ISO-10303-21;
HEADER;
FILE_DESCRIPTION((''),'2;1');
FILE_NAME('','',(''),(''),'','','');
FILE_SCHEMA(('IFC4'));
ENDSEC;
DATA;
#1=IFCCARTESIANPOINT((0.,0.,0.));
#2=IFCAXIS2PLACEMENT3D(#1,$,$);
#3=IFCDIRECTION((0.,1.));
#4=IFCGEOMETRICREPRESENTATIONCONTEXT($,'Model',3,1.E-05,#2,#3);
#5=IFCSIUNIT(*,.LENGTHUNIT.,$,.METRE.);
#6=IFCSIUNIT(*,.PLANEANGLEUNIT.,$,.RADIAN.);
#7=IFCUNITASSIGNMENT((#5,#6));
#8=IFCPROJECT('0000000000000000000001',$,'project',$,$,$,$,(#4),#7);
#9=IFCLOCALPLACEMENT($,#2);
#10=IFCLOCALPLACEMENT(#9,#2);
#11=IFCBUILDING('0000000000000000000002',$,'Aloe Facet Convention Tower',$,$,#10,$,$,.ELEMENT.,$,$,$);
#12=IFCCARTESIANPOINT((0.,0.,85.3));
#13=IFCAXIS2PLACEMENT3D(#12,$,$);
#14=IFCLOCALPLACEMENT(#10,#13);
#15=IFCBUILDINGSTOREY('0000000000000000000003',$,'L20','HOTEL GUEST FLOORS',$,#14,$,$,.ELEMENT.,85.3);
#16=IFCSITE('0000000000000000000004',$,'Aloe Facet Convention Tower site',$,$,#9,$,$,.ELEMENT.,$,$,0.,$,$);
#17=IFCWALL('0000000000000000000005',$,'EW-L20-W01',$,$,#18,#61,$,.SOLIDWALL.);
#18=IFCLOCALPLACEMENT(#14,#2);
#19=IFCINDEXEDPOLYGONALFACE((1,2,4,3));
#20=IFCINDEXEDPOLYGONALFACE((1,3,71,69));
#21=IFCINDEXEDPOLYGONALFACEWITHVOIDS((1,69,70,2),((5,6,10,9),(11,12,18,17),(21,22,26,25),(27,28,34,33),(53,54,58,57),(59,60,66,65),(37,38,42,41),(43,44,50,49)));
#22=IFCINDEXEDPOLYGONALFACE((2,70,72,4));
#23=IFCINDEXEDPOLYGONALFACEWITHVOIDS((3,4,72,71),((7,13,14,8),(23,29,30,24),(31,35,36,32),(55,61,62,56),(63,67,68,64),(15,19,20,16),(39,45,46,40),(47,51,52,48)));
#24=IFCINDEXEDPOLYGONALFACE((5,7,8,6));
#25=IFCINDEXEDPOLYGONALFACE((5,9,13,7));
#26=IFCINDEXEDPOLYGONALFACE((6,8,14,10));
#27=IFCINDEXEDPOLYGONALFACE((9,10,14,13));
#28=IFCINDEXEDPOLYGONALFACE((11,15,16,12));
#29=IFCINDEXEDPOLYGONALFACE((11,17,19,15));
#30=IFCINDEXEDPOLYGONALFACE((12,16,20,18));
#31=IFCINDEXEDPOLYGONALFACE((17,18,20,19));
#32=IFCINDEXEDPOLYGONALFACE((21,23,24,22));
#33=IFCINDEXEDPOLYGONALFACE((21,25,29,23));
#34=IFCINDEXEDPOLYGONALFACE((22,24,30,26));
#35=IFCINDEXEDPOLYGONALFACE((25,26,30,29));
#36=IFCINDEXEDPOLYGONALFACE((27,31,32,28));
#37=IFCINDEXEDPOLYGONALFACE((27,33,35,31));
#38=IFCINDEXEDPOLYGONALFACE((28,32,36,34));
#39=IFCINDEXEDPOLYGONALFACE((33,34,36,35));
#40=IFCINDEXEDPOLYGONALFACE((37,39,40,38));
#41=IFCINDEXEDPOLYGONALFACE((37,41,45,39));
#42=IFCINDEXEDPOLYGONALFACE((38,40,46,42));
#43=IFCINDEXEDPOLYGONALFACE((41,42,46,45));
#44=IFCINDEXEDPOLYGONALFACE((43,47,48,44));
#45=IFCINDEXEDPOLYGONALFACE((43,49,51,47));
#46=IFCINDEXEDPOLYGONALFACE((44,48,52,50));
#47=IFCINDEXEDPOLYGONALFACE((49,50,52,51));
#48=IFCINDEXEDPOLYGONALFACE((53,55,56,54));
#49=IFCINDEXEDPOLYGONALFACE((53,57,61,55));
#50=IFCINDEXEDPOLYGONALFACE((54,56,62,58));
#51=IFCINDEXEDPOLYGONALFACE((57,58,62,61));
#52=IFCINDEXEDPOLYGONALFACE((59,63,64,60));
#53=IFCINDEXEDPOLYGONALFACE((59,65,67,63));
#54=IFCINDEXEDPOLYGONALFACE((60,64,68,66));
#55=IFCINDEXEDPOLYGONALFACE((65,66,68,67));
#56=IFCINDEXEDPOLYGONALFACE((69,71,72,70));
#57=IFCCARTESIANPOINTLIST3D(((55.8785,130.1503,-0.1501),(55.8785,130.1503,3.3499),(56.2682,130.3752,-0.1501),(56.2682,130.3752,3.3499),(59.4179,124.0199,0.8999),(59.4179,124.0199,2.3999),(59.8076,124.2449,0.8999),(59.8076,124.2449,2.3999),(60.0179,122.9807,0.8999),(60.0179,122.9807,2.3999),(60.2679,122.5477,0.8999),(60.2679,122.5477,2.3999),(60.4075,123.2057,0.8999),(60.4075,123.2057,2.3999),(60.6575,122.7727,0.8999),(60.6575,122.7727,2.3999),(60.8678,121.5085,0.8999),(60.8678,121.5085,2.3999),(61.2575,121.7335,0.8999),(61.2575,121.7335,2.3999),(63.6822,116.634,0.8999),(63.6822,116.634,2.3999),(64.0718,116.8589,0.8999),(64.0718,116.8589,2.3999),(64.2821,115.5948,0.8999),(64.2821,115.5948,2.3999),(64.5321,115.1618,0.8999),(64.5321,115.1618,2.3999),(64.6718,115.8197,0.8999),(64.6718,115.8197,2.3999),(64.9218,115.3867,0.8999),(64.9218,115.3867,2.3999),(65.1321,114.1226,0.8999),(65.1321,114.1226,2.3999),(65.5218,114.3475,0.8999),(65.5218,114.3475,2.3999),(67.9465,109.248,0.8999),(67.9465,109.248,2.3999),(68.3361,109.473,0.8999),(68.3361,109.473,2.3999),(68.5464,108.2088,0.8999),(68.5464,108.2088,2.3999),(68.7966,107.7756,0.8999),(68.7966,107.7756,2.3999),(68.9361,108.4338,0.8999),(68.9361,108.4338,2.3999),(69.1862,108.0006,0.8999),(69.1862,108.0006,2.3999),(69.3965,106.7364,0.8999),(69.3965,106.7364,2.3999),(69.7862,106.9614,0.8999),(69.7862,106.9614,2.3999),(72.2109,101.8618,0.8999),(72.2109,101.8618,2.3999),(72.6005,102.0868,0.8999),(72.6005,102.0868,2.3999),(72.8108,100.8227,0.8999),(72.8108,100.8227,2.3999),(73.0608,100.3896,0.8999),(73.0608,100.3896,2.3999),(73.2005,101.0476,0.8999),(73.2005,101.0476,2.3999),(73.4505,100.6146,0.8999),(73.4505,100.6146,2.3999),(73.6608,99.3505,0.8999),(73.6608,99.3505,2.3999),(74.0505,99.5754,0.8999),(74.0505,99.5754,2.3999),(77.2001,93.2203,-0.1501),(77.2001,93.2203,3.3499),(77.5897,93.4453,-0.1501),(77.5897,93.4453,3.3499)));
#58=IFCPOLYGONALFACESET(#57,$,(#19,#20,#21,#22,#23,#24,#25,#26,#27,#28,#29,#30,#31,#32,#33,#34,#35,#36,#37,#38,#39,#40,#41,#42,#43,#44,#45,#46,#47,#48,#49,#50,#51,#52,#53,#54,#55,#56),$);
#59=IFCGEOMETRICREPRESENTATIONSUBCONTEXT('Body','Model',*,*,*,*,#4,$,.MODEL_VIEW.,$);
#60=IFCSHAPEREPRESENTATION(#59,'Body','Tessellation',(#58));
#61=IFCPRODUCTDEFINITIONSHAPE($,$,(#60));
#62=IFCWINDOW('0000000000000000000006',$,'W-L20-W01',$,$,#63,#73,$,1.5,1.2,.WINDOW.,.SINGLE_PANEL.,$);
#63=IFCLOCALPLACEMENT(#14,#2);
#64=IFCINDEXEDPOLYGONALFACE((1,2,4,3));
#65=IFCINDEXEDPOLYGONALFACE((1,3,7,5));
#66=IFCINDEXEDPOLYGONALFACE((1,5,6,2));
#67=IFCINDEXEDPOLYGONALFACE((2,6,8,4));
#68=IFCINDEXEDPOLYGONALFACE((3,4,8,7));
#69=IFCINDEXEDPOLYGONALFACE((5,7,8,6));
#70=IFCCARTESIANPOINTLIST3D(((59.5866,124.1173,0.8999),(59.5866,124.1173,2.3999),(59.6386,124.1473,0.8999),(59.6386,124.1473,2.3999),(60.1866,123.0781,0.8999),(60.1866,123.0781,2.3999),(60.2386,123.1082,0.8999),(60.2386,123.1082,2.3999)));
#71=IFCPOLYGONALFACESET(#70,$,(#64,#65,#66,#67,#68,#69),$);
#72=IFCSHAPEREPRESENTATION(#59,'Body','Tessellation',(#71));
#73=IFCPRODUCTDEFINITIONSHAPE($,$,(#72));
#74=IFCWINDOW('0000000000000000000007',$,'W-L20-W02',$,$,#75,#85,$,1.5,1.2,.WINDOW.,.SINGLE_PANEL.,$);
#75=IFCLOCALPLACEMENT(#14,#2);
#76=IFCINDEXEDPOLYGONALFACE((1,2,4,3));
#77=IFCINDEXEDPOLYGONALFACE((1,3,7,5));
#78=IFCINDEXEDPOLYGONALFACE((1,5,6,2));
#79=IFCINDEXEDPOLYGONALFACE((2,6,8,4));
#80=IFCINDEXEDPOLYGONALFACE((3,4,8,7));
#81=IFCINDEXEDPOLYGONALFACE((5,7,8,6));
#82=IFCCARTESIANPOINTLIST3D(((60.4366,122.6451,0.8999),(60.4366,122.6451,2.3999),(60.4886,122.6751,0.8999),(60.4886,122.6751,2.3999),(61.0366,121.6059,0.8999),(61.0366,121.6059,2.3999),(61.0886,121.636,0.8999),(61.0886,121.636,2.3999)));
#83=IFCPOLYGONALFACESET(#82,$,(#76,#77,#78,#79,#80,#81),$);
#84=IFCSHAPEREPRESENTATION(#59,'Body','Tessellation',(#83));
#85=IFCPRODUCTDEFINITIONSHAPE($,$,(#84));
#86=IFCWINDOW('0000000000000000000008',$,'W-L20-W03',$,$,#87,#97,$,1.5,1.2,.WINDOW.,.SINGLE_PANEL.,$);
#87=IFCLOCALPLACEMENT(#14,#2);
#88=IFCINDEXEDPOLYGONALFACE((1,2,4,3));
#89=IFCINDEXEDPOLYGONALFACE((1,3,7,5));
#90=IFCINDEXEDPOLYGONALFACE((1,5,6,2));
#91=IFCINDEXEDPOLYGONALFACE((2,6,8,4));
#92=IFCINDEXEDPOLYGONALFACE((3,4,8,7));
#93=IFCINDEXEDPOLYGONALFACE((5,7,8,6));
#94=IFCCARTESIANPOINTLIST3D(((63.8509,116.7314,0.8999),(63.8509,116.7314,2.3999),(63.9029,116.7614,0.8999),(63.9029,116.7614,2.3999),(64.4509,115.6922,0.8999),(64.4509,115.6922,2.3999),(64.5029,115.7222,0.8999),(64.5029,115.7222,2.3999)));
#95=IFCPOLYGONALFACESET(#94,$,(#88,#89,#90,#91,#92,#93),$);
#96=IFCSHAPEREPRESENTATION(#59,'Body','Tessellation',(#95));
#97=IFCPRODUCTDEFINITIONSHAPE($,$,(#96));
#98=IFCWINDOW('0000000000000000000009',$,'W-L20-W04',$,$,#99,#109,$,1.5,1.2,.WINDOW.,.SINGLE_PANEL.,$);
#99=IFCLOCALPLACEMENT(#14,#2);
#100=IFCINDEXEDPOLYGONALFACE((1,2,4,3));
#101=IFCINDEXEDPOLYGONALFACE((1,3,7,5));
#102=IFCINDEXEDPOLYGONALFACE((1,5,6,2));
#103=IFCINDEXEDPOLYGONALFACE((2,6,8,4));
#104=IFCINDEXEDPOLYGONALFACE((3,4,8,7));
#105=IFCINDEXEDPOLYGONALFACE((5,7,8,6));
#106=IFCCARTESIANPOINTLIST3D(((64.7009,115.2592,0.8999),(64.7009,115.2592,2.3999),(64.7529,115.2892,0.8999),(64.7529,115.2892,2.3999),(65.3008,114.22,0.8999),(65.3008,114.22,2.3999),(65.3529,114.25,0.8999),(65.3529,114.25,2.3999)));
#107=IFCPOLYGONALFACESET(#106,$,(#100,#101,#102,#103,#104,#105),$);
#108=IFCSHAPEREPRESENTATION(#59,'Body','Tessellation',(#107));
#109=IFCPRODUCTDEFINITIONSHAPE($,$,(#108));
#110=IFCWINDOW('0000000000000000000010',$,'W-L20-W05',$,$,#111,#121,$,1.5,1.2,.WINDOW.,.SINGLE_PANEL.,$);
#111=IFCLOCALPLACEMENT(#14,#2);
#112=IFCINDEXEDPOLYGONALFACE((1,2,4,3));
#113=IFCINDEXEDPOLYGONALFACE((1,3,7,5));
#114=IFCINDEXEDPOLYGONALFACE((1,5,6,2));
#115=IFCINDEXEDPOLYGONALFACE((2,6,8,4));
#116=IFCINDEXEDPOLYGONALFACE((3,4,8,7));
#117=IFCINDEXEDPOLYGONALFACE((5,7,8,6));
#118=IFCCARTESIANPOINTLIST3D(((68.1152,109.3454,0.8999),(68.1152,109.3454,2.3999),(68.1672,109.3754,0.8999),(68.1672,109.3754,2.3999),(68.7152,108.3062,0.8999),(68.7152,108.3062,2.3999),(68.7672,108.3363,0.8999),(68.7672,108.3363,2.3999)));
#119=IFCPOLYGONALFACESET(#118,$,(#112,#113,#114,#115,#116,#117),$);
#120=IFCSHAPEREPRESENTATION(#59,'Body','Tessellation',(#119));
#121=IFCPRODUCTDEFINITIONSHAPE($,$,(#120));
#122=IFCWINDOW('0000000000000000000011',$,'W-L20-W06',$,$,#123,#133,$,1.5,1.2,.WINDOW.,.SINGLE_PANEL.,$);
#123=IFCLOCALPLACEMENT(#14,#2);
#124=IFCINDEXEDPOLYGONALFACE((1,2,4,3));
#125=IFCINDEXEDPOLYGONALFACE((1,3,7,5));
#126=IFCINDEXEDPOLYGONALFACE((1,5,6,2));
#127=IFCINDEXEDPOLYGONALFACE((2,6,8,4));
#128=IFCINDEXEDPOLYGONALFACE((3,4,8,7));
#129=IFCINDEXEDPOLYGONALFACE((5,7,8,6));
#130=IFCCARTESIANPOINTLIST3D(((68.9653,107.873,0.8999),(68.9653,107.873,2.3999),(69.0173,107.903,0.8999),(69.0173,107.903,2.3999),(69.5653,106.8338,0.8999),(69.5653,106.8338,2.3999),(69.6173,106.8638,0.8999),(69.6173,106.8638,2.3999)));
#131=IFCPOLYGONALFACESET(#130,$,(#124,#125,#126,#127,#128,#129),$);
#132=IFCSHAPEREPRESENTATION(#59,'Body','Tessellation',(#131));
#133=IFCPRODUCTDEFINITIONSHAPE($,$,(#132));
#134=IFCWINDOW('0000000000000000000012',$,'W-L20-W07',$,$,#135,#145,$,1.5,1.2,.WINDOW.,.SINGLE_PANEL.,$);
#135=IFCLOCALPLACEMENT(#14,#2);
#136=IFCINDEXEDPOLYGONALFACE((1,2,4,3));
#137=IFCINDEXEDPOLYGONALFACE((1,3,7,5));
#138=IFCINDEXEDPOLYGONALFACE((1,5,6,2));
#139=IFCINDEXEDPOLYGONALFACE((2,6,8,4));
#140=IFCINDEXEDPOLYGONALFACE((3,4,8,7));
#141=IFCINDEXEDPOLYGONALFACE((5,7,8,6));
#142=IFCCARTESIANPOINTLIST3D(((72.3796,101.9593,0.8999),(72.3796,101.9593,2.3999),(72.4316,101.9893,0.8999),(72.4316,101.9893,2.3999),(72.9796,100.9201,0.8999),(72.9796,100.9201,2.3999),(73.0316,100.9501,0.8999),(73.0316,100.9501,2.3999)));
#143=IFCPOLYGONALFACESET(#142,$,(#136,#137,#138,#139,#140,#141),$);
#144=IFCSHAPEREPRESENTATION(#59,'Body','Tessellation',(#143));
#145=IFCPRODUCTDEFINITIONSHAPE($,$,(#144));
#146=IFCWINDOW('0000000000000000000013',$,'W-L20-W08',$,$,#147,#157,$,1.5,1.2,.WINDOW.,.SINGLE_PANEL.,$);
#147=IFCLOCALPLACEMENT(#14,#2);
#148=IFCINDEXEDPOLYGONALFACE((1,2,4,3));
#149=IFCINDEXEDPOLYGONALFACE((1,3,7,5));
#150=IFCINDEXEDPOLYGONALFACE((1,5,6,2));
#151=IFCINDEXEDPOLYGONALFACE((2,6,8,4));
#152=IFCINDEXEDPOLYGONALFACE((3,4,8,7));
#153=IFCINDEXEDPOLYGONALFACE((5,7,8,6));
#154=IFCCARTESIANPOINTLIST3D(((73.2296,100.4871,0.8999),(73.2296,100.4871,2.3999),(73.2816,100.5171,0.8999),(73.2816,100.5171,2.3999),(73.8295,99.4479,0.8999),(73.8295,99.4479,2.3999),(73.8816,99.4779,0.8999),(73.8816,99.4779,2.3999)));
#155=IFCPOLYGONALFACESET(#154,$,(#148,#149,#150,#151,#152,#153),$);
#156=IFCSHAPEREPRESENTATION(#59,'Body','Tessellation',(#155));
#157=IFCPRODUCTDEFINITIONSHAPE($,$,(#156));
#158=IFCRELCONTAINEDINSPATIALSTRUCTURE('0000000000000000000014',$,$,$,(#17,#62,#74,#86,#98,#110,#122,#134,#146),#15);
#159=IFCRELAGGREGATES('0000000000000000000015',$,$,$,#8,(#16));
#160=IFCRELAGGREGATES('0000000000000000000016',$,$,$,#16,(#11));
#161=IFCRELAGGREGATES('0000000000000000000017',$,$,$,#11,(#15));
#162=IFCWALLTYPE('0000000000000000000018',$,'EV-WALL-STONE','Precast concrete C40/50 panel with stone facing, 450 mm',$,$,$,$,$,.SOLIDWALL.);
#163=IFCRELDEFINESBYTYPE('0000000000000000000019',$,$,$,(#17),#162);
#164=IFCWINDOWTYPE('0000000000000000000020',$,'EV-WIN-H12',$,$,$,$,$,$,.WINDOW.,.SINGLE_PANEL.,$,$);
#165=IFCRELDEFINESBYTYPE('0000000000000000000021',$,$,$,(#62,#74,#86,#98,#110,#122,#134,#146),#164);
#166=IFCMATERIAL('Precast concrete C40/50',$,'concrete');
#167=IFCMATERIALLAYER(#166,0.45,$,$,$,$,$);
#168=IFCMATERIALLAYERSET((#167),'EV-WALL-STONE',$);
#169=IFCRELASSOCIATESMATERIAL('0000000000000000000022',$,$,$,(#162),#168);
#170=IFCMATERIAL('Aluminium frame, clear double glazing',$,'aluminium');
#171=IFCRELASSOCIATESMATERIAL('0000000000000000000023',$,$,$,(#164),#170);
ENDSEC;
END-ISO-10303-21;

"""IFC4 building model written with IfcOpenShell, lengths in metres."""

from ifc_helpers import new_model, si_unit, direction, frame, frame_2d, origin, place, context, subcontext, project, spatial, polyline, rectangle, outline, extrude, material, layer, layer_set, type_object, element, fill, save


model = new_model("IFC4")

# Units and contexts
model_context = context("Model", 3, precision=1e-05, world=origin(), true_north=direction((0.0, 1.0)))
body_context = subcontext(model_context, "Body", "Model", "MODEL_VIEW")
ifc_project = project(units=[si_unit("LENGTHUNIT", "METRE"), si_unit("PLANEANGLEUNIT", "RADIAN")], contexts=[model_context])

# Site, building, storey
site_placement = place(None, origin())
site = spatial("IfcSite", under=ifc_project, at=site_placement, Name="Aloe Facet Convention Tower site", CompositionType="ELEMENT", RefElevation=0.0)
building_placement = place(site_placement, origin())
building = spatial("IfcBuilding", under=site, at=building_placement, Name="Aloe Facet Convention Tower", CompositionType="ELEMENT")
storey_placement = place(building_placement, frame((0.0, 0.0, 85.3)))
storey = spatial("IfcBuildingStorey", under=building, at=storey_placement, Name="L20", Description="HOTEL GUEST FLOORS", CompositionType="ELEMENT", Elevation=85.3)

# Wall, openings, windows
ifc_material_1 = material(Name="Precast concrete C40/50", Category="concrete")
ifc_layer_1 = layer(ifc_material_1, 0.45)
ifc_layer_set_1 = layer_set([ifc_layer_1], Name="EV-WALL-STONE")
wall_type_1 = type_object("IfcWallType", Name="EV-WALL-STONE", Description="Precast concrete C40/50 panel with stone facing, 450 mm", PredefinedType="SOLIDWALL", material=ifc_layer_set_1)
wall_1_placement = place(storey_placement, frame((56.0732, 130.2627, -0.1501), z_axis=(0.0, 0.0, 1.0), x_axis=(0.5, -0.866025, 0.0)))
wall_1 = element("IfcWall", 1, at=wall_1_placement, inside=storey, type_object=wall_type_1, Name="EW-L20-W01", PredefinedType="SOLIDWALL", context=body_context, shape_type="SweptSolid", body=[
    extrude(outline(polyline([(42.6431, 0.0), (42.6431, 3.5), (0.0, 3.5), (0.0, 0.0), (42.6431, 0.0)])), frame((0.0, 0.2251, 0.0), z_axis=(0.0, -1.0, 0.0), x_axis=(1.0, 0.0, 0.0)), (0.0, 0.0, 1.0), 0.45),
])
opening_1_placement = place(wall_1_placement, frame((7.0786, 0.0, 1.05)))
opening_1 = element("IfcOpeningElement", 2, at=opening_1_placement, cuts=wall_1, PredefinedType="OPENING", context=body_context, shape_type="SweptSolid", body=[
    extrude(rectangle(XDim=1.2, YDim=1.5, at=frame_2d((0.6001, 0.75))), frame((0.0, 0.2349, 0.0), z_axis=(0.0, -1.0, 0.0), x_axis=(1.0, 0.0, 0.0)), (0.0, 0.0, 1.0), 0.47),
])
opening_2_placement = place(wall_1_placement, frame((8.7786, 0.0, 1.05)))
opening_2 = element("IfcOpeningElement", 3, at=opening_2_placement, cuts=wall_1, PredefinedType="OPENING", context=body_context, shape_type="SweptSolid", body=[
    extrude(rectangle(XDim=1.2, YDim=1.5, at=frame_2d((0.6001, 0.75))), frame((0.0, 0.2349, 0.0), z_axis=(0.0, -1.0, 0.0), x_axis=(1.0, 0.0, 0.0)), (0.0, 0.0, 1.0), 0.47),
])
opening_3_placement = place(wall_1_placement, frame((15.6072, 0.0, 1.05)))
opening_3 = element("IfcOpeningElement", 4, at=opening_3_placement, cuts=wall_1, PredefinedType="OPENING", context=body_context, shape_type="SweptSolid", body=[
    extrude(rectangle(XDim=1.2, YDim=1.5, at=frame_2d((0.6001, 0.75))), frame((0.0, 0.2349, 0.0), z_axis=(0.0, -1.0, 0.0), x_axis=(1.0, 0.0, 0.0)), (0.0, 0.0, 1.0), 0.47),
])
opening_4_placement = place(wall_1_placement, frame((17.3071, 0.0, 1.05)))
opening_4 = element("IfcOpeningElement", 5, at=opening_4_placement, cuts=wall_1, PredefinedType="OPENING", context=body_context, shape_type="SweptSolid", body=[
    extrude(rectangle(XDim=1.2, YDim=1.5, at=frame_2d((0.6001, 0.75))), frame((0.0, 0.2349, 0.0), z_axis=(0.0, -1.0, 0.0), x_axis=(1.0, 0.0, 0.0)), (0.0, 0.0, 1.0), 0.47),
])
opening_5_placement = place(wall_1_placement, frame((24.1357, 0.0, 1.05)))
opening_5 = element("IfcOpeningElement", 6, at=opening_5_placement, cuts=wall_1, PredefinedType="OPENING", context=body_context, shape_type="SweptSolid", body=[
    extrude(rectangle(XDim=1.2, YDim=1.5, at=frame_2d((0.6001, 0.75))), frame((0.0, 0.2349, 0.0), z_axis=(0.0, -1.0, 0.0), x_axis=(1.0, 0.0, 0.0)), (0.0, 0.0, 1.0), 0.47),
])
opening_6_placement = place(wall_1_placement, frame((25.8359, 0.0, 1.05)))
opening_6 = element("IfcOpeningElement", 7, at=opening_6_placement, cuts=wall_1, PredefinedType="OPENING", context=body_context, shape_type="SweptSolid", body=[
    extrude(rectangle(XDim=1.2, YDim=1.5, at=frame_2d((0.6001, 0.75))), frame((0.0, 0.2349, 0.0), z_axis=(0.0, -1.0, 0.0), x_axis=(1.0, 0.0, 0.0)), (0.0, 0.0, 1.0), 0.47),
])
opening_7_placement = place(wall_1_placement, frame((32.6646, 0.0, 1.05)))
opening_7 = element("IfcOpeningElement", 8, at=opening_7_placement, cuts=wall_1, PredefinedType="OPENING", context=body_context, shape_type="SweptSolid", body=[
    extrude(rectangle(XDim=1.2, YDim=1.5, at=frame_2d((0.6001, 0.75))), frame((0.0, 0.2349, 0.0), z_axis=(0.0, -1.0, 0.0), x_axis=(1.0, 0.0, 0.0)), (0.0, 0.0, 1.0), 0.47),
])
opening_8_placement = place(wall_1_placement, frame((34.3645, 0.0, 1.05)))
opening_8 = element("IfcOpeningElement", 9, at=opening_8_placement, cuts=wall_1, PredefinedType="OPENING", context=body_context, shape_type="SweptSolid", body=[
    extrude(rectangle(XDim=1.2, YDim=1.5, at=frame_2d((0.6001, 0.75))), frame((0.0, 0.2349, 0.0), z_axis=(0.0, -1.0, 0.0), x_axis=(1.0, 0.0, 0.0)), (0.0, 0.0, 1.0), 0.47),
])
ifc_material_2 = material(Name="Aluminium frame, clear double glazing", Category="aluminium")
window_type = type_object("IfcWindowType", Name="EV-WIN-H12", PartitioningType="SINGLE_PANEL", PredefinedType="WINDOW", material=ifc_material_2)
window_1_placement = place(opening_1_placement, origin())
window_1 = element("IfcWindow", 10, at=window_1_placement, inside=storey, type_object=window_type, Name="W-L20-W01", OverallHeight=1.5, OverallWidth=1.2, PartitioningType="SINGLE_PANEL", PredefinedType="WINDOW", context=body_context, shape_type="SweptSolid", body=[
    extrude(rectangle(XDim=1.2, YDim=1.5, at=frame_2d((0.6001, 0.75))), frame((0.0, 0.03, 0.0), z_axis=(0.0, -1.0, 0.0), x_axis=(1.0, 0.0, 0.0)), (0.0, 0.0, 1.0), 0.0601),
])
fill(opening_1, window_1)
window_2_placement = place(opening_2_placement, origin())
window_2 = element("IfcWindow", 11, at=window_2_placement, inside=storey, type_object=window_type, Name="W-L20-W02", OverallHeight=1.5, OverallWidth=1.2, PartitioningType="SINGLE_PANEL", PredefinedType="WINDOW", context=body_context, shape_type="SweptSolid", body=[
    extrude(rectangle(XDim=1.2, YDim=1.5, at=frame_2d((0.6001, 0.75))), frame((0.0, 0.03, 0.0), z_axis=(0.0, -1.0, 0.0), x_axis=(1.0, 0.0, 0.0)), (0.0, 0.0, 1.0), 0.0601),
])
fill(opening_2, window_2)
window_3_placement = place(opening_3_placement, origin())
window_3 = element("IfcWindow", 12, at=window_3_placement, inside=storey, type_object=window_type, Name="W-L20-W03", OverallHeight=1.5, OverallWidth=1.2, PartitioningType="SINGLE_PANEL", PredefinedType="WINDOW", context=body_context, shape_type="SweptSolid", body=[
    extrude(rectangle(XDim=1.2, YDim=1.5, at=frame_2d((0.6001, 0.75))), frame((0.0, 0.03, 0.0), z_axis=(0.0, -1.0, 0.0), x_axis=(1.0, 0.0, 0.0)), (0.0, 0.0, 1.0), 0.0601),
])
fill(opening_3, window_3)
window_4_placement = place(opening_4_placement, origin())
window_4 = element("IfcWindow", 13, at=window_4_placement, inside=storey, type_object=window_type, Name="W-L20-W04", OverallHeight=1.5, OverallWidth=1.2, PartitioningType="SINGLE_PANEL", PredefinedType="WINDOW", context=body_context, shape_type="SweptSolid", body=[
    extrude(rectangle(XDim=1.2, YDim=1.5, at=frame_2d((0.6001, 0.75))), frame((0.0, 0.03, 0.0), z_axis=(0.0, -1.0, 0.0), x_axis=(1.0, 0.0, 0.0)), (0.0, 0.0, 1.0), 0.0601),
])
fill(opening_4, window_4)
window_5_placement = place(opening_5_placement, origin())
window_5 = element("IfcWindow", 14, at=window_5_placement, inside=storey, type_object=window_type, Name="W-L20-W05", OverallHeight=1.5, OverallWidth=1.2, PartitioningType="SINGLE_PANEL", PredefinedType="WINDOW", context=body_context, shape_type="SweptSolid", body=[
    extrude(rectangle(XDim=1.2, YDim=1.5, at=frame_2d((0.6001, 0.75))), frame((0.0, 0.03, 0.0), z_axis=(0.0, -1.0, 0.0), x_axis=(1.0, 0.0, 0.0)), (0.0, 0.0, 1.0), 0.0601),
])
fill(opening_5, window_5)
window_6_placement = place(opening_6_placement, origin())
window_6 = element("IfcWindow", 15, at=window_6_placement, inside=storey, type_object=window_type, Name="W-L20-W06", OverallHeight=1.5, OverallWidth=1.2, PartitioningType="SINGLE_PANEL", PredefinedType="WINDOW", context=body_context, shape_type="SweptSolid", body=[
    extrude(rectangle(XDim=1.2, YDim=1.5, at=frame_2d((0.6001, 0.75))), frame((0.0, 0.03, 0.0), z_axis=(0.0, -1.0, 0.0), x_axis=(1.0, 0.0, 0.0)), (0.0, 0.0, 1.0), 0.0601),
])
fill(opening_6, window_6)
window_7_placement = place(opening_7_placement, origin())
window_7 = element("IfcWindow", 16, at=window_7_placement, inside=storey, type_object=window_type, Name="W-L20-W07", OverallHeight=1.5, OverallWidth=1.2, PartitioningType="SINGLE_PANEL", PredefinedType="WINDOW", context=body_context, shape_type="SweptSolid", body=[
    extrude(rectangle(XDim=1.2, YDim=1.5, at=frame_2d((0.6001, 0.75))), frame((0.0, 0.03, 0.0), z_axis=(0.0, -1.0, 0.0), x_axis=(1.0, 0.0, 0.0)), (0.0, 0.0, 1.0), 0.0601),
])
fill(opening_7, window_7)
window_8_placement = place(opening_8_placement, origin())
window_8 = element("IfcWindow", 17, at=window_8_placement, inside=storey, type_object=window_type, Name="W-L20-W08", OverallHeight=1.5, OverallWidth=1.2, PartitioningType="SINGLE_PANEL", PredefinedType="WINDOW", context=body_context, shape_type="SweptSolid", body=[
    extrude(rectangle(XDim=1.2, YDim=1.5, at=frame_2d((0.6001, 0.75))), frame((0.0, 0.03, 0.0), z_axis=(0.0, -1.0, 0.0), x_axis=(1.0, 0.0, 0.0)), (0.0, 0.0, 1.0), 0.0601),
])
fill(opening_8, window_8)

save(model, "model.ifc")
